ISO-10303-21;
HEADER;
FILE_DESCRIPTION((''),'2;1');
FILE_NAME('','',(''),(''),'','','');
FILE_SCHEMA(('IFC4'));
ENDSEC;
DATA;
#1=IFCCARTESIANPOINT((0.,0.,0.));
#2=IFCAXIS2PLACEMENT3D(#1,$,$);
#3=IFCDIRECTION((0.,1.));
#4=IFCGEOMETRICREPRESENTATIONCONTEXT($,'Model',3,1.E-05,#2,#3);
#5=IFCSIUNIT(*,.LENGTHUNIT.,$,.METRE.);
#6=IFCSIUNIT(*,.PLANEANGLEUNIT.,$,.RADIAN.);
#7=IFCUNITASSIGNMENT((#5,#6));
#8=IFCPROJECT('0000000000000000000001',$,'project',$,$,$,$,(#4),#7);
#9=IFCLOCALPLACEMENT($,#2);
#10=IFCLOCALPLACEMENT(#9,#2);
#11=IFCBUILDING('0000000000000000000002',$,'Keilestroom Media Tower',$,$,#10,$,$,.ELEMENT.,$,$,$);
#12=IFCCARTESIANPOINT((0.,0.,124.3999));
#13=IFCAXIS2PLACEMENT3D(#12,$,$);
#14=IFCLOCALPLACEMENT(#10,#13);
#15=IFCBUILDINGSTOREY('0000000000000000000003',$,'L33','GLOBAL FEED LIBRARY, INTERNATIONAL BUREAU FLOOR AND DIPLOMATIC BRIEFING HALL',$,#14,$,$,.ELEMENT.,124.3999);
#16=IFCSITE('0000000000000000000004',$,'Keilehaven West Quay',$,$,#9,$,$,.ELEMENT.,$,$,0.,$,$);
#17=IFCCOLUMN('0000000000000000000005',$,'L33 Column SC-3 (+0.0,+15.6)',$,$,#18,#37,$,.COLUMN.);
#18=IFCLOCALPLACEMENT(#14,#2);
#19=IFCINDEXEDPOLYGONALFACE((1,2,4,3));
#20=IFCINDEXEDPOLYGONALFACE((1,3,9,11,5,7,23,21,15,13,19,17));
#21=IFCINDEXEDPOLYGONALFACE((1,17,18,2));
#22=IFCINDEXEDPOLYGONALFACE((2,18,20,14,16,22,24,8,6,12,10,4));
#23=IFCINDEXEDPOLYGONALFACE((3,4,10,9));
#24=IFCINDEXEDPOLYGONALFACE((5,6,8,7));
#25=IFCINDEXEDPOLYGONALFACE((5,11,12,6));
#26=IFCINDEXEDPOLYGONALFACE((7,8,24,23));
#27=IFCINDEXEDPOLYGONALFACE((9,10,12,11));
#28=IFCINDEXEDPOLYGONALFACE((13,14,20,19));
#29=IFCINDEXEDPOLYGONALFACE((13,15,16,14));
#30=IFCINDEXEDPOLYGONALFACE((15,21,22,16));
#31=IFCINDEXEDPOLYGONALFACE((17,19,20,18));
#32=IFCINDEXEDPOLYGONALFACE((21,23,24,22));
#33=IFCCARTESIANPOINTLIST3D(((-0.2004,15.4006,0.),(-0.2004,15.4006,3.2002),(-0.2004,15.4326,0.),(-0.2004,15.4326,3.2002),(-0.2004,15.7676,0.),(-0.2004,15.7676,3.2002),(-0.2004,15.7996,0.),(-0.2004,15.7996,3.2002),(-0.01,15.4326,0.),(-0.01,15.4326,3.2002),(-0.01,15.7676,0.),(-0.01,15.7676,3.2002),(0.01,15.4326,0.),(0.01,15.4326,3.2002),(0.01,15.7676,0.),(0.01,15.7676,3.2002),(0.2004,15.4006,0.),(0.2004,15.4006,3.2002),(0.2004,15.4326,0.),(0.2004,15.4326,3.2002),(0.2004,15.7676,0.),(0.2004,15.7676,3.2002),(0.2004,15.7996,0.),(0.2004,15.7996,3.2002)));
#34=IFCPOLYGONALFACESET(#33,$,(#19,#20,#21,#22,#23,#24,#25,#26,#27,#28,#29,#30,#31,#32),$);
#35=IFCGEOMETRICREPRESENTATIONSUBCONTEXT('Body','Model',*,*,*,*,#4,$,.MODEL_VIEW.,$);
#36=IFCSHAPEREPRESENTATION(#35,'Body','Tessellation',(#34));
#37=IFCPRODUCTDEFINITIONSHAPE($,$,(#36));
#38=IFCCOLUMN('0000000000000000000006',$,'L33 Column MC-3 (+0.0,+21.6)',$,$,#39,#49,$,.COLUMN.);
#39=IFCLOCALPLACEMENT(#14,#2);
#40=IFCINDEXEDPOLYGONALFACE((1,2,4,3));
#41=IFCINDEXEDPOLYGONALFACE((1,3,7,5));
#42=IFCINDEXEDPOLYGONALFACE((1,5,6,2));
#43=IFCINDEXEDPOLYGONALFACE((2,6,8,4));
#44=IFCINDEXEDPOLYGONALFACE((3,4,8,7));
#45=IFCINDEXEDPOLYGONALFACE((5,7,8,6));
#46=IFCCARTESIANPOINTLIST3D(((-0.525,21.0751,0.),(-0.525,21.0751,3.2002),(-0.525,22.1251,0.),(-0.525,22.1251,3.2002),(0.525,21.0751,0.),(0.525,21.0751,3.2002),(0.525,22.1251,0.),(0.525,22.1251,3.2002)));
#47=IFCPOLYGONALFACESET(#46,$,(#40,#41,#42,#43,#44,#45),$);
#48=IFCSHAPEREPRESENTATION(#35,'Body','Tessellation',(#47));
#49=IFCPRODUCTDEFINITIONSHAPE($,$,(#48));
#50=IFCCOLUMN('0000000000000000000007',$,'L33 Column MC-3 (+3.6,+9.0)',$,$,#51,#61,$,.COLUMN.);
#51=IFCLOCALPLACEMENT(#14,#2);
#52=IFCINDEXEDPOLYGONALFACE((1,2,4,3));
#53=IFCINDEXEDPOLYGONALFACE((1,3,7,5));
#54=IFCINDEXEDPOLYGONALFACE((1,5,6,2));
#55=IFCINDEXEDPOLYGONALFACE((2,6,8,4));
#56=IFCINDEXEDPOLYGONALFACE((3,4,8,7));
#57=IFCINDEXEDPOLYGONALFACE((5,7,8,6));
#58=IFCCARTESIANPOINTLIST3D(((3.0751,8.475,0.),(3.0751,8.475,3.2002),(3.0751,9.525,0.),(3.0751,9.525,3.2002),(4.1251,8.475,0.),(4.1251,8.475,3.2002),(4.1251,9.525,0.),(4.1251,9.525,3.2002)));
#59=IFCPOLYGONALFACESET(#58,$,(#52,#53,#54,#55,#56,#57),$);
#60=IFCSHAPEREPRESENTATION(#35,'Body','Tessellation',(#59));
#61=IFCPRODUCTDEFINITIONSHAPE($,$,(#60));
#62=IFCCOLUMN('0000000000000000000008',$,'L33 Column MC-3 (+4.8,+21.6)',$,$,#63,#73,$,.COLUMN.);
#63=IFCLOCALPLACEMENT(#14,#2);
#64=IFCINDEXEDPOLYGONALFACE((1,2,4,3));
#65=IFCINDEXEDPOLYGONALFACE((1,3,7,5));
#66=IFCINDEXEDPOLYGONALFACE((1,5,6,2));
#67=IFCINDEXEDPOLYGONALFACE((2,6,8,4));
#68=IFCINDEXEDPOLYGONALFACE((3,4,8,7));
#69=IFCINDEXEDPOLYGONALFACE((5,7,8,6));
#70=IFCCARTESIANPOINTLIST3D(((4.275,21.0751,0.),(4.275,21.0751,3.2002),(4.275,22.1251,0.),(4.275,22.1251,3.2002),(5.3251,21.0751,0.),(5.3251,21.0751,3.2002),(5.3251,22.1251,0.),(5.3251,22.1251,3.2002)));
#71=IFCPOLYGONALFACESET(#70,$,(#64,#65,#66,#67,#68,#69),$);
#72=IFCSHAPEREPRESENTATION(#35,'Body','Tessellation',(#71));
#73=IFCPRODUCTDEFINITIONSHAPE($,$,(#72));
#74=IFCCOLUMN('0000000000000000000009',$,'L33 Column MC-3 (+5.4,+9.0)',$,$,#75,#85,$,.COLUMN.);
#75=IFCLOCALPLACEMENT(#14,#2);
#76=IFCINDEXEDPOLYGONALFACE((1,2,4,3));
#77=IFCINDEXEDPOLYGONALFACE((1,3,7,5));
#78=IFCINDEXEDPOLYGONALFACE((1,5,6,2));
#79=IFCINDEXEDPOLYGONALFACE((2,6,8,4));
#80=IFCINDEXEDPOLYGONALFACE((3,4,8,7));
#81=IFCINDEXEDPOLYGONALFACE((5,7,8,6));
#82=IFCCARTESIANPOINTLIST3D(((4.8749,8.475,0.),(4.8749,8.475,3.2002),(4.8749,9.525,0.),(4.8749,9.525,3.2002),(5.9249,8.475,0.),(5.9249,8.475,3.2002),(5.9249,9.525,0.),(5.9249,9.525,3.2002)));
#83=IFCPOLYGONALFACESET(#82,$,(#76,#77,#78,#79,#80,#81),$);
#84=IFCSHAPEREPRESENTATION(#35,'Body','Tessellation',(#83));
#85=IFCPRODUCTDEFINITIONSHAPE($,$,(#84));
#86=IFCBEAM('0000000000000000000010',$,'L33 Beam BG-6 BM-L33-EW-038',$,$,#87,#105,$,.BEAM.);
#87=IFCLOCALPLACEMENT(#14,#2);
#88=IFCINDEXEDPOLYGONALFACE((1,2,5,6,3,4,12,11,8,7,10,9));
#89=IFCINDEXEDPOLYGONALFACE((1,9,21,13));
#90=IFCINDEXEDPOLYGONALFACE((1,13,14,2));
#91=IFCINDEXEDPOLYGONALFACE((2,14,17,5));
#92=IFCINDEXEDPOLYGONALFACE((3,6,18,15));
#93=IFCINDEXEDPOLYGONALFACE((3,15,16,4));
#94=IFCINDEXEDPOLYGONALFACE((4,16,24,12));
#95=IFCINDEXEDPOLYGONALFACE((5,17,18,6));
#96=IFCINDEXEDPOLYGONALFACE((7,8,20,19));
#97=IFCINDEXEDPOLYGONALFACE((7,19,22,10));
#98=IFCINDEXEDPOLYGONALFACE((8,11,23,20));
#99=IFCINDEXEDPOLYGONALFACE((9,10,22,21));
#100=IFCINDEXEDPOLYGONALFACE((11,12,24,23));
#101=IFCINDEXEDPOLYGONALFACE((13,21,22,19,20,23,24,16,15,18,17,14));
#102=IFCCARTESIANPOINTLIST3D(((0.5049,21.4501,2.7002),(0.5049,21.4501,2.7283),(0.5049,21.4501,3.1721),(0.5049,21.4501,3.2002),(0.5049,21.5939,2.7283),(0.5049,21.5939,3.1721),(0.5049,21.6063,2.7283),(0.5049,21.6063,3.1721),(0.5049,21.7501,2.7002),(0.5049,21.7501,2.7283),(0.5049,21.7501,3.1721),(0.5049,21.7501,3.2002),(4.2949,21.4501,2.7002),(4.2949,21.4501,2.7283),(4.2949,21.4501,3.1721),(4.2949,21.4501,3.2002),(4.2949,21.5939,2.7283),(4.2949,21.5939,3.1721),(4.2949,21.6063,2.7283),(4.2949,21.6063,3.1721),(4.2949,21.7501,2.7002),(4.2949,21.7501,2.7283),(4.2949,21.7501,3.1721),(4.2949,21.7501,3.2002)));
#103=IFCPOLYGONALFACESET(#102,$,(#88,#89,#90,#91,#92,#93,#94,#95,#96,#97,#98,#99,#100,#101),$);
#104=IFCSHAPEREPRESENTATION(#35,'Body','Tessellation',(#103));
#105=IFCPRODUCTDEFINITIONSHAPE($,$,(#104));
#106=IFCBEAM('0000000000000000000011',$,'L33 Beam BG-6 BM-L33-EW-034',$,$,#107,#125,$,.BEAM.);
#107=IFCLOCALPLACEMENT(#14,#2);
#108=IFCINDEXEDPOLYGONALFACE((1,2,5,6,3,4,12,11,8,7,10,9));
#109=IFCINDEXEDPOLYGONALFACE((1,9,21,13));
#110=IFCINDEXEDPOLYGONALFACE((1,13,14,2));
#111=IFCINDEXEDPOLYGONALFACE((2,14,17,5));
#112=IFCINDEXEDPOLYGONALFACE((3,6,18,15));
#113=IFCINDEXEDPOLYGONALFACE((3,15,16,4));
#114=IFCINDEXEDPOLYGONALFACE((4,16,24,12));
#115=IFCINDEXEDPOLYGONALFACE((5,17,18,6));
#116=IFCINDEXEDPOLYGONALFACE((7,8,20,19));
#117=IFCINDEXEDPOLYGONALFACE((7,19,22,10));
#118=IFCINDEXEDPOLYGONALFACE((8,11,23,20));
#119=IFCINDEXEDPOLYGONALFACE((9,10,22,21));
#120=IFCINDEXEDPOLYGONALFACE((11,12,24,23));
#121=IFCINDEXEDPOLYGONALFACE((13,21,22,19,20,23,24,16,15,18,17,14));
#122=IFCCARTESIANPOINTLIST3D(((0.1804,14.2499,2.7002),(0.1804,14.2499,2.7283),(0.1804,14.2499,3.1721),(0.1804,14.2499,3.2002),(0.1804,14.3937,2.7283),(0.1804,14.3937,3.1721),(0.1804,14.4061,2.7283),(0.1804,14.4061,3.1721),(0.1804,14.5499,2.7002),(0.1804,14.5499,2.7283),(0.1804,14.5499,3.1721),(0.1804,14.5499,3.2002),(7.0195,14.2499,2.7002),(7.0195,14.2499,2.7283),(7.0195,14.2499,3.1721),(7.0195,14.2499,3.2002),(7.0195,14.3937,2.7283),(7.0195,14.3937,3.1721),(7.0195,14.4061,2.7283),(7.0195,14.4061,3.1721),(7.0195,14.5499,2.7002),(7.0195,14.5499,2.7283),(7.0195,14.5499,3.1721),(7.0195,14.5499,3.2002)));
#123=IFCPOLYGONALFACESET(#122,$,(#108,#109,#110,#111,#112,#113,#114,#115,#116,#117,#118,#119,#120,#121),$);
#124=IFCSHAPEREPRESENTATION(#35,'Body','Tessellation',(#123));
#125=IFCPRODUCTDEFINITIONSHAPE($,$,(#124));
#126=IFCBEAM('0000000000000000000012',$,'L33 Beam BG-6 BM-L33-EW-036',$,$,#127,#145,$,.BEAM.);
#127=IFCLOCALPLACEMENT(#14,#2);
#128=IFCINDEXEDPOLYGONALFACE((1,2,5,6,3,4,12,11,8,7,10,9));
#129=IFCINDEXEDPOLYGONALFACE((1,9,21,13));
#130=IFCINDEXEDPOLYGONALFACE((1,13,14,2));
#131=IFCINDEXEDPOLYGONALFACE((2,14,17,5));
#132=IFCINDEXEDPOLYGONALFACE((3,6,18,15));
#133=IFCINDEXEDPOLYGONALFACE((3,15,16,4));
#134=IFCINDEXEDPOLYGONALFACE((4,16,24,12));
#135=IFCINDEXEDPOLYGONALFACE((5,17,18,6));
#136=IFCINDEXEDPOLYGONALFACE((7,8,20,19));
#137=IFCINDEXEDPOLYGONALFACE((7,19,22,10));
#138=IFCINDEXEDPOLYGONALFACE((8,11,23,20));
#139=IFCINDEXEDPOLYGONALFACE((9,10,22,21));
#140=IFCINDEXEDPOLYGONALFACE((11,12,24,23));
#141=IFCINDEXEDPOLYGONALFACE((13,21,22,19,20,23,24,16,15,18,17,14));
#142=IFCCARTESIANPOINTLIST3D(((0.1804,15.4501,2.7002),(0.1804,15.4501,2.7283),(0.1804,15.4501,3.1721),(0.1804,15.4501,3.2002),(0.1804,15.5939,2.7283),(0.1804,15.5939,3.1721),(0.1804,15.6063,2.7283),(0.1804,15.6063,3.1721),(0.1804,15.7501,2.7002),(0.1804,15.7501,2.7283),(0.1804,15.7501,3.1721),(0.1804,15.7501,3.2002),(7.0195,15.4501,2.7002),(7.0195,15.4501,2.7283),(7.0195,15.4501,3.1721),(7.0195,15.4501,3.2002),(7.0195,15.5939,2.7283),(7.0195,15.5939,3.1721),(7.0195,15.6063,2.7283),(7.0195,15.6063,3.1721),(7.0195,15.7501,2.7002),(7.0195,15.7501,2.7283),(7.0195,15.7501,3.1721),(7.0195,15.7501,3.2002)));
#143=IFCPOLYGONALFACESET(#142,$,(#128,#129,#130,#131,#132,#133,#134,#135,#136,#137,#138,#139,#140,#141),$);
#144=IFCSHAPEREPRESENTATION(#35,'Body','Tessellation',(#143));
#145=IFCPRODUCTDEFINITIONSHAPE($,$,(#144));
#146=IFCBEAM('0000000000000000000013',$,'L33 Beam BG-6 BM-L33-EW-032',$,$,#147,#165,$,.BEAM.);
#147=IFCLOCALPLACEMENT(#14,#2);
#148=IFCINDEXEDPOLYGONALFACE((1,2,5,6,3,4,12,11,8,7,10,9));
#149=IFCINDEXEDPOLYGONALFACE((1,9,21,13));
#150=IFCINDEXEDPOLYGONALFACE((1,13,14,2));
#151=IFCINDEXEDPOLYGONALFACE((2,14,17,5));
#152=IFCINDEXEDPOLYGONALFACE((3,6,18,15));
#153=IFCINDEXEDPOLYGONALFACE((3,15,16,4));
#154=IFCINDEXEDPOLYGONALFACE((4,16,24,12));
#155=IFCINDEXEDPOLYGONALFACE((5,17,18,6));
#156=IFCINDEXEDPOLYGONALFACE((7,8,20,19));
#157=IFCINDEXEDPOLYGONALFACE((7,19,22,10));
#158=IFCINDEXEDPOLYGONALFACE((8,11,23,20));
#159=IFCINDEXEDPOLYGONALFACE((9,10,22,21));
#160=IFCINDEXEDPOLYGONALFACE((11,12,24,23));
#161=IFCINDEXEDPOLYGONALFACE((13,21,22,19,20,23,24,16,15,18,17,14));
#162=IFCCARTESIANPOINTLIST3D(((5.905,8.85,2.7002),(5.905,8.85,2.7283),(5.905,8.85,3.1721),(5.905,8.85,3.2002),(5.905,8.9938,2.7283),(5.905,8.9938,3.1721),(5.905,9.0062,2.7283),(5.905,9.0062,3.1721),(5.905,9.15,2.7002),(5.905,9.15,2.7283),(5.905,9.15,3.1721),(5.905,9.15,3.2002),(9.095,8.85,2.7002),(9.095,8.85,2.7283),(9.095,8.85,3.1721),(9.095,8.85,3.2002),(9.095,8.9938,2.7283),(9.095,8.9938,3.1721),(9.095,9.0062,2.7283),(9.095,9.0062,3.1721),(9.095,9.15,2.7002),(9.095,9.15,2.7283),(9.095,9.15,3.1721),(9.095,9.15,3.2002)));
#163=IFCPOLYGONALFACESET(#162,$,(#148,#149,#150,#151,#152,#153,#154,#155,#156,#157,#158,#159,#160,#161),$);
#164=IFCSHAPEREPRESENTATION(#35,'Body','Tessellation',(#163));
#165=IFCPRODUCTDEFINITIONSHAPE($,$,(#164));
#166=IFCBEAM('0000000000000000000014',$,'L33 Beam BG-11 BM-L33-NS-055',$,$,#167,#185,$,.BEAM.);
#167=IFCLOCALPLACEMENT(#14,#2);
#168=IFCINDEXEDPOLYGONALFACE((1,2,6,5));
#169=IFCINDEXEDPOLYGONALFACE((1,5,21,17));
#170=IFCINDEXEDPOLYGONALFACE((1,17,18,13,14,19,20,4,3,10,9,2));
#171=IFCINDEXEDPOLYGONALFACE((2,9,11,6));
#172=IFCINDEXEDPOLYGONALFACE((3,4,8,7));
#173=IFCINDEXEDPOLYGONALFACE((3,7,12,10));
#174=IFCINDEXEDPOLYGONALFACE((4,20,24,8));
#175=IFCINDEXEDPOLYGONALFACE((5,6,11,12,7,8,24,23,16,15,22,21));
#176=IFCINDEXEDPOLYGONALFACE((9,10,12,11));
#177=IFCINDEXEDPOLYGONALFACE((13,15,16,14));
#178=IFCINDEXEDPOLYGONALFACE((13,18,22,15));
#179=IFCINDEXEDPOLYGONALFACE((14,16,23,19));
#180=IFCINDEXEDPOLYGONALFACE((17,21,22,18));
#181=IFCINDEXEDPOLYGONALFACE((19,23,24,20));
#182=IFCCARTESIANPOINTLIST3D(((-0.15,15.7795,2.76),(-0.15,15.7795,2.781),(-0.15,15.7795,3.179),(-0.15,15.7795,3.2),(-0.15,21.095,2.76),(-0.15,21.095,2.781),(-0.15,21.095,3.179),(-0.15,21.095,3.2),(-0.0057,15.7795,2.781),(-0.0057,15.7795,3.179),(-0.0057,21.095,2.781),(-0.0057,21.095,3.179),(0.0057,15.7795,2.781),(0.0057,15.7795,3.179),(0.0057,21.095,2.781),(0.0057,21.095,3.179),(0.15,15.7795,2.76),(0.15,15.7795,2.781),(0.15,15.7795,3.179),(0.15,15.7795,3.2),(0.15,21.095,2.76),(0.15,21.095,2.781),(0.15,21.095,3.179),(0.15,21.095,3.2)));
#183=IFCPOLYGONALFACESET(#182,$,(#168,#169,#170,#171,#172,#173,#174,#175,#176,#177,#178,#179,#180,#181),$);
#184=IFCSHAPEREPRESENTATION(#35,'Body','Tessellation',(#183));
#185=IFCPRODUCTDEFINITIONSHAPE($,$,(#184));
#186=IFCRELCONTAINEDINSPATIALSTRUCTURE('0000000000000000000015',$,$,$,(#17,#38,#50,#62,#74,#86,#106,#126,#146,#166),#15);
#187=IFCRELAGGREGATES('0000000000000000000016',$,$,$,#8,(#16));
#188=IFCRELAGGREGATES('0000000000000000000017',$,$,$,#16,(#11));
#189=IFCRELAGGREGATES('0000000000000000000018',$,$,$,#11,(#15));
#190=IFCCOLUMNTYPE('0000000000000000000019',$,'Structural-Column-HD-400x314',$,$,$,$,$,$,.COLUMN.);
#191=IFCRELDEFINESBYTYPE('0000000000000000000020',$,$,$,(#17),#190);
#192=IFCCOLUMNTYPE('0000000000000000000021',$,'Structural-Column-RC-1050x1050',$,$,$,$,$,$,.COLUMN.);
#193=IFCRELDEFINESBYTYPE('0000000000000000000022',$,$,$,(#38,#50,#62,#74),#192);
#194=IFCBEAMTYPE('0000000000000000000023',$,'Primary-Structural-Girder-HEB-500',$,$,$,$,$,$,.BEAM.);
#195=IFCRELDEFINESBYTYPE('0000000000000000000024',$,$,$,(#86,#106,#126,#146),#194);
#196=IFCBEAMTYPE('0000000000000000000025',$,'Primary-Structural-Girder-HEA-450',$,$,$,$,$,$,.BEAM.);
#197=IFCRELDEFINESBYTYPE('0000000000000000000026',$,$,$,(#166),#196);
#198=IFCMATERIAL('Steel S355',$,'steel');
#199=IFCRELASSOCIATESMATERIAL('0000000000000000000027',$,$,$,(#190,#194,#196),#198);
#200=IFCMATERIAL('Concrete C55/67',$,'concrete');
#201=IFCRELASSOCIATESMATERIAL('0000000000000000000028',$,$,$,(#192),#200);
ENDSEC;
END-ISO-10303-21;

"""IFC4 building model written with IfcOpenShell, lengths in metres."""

from ifc_helpers import new_model, si_unit, direction, frame, origin, origin_2d, place, context, subcontext, project, spatial, rectangle, i_section, extrude, source, transform, mapped, material, material_profile, profile_set, type_object, element, save


model = new_model("IFC4")

# Units and contexts
model_context = context("Model", 3, precision=1e-05, world=origin(), true_north=direction((0.0, 1.0)))
body_context = subcontext(model_context, "Body", "Model", "MODEL_VIEW")
ifc_project = project(units=[si_unit("LENGTHUNIT", "METRE"), si_unit("PLANEANGLEUNIT", "RADIAN")], contexts=[model_context])

# Site, building, storey
site_placement = place(None, origin())
site = spatial("IfcSite", under=ifc_project, at=site_placement, Name="Keilehaven West Quay", CompositionType="ELEMENT", RefElevation=0.0)
building_placement = place(site_placement, origin())
building = spatial("IfcBuilding", under=site, at=building_placement, Name="Keilestroom Media Tower", CompositionType="ELEMENT")
storey_placement = place(building_placement, frame((0.0, 0.0, 124.3999)))
storey = spatial("IfcBuildingStorey", under=building, at=storey_placement, Name="L33", Description="GLOBAL FEED LIBRARY, INTERNATIONAL BUREAU FLOOR AND DIPLOMATIC BRIEFING HALL", CompositionType="ELEMENT", Elevation=124.3999)

# Columns
ifc_material_1 = material(Name="Steel S355", Category="steel")
ifc_material_profile_1 = material_profile(ifc_material_1, i_section(OverallWidth=0.4009, OverallDepth=0.3989, WebThickness=0.02, FlangeThickness=0.032, at=origin_2d()), Name="HD 400x314")
ifc_profile_set_1 = profile_set([ifc_material_profile_1], Name="Steel S355")
column_type_1 = type_object("IfcColumnType", Name="Structural-Column-HD-400x314", PredefinedType="COLUMN", material=ifc_profile_set_1)
shared_shape_1 = source(origin(), body_context, "Body", "SweptSolid", [
    extrude(i_section(OverallWidth=0.4009, OverallDepth=0.3989, WebThickness=0.02, FlangeThickness=0.032, at=origin_2d()), origin(), (0.0, 0.0, 1.0), 3.2002),
])
column_placement = place(storey_placement, frame((0.0, 15.6001, 0.0), z_axis=(0.0, 0.0, 1.0), x_axis=(1.0, 0.0, 0.0)))
element("IfcColumn", 1, at=column_placement, inside=storey, type_object=column_type_1, Name="L33 Column SC-3 (+0.0,+15.6)", PredefinedType="COLUMN", context=body_context, shape_type="MappedRepresentation", body=[
    mapped(shared_shape_1, transform((0.0, 0.0, 0.0), x_axis=(1.0, 0.0, 0.0), y_axis=(0.0, 1.0, 0.0), z_axis=(0.0, 0.0, 1.0), scale=1.0)),
])
ifc_material_2 = material(Name="Concrete C55/67", Category="concrete")
ifc_material_profile_2 = material_profile(ifc_material_2, rectangle(XDim=1.05, YDim=1.05, at=origin_2d()), Name="RC 1050x1050")
ifc_profile_set_2 = profile_set([ifc_material_profile_2], Name="Concrete C55/67")
column_type_2 = type_object("IfcColumnType", Name="Structural-Column-RC-1050x1050", PredefinedType="COLUMN", material=ifc_profile_set_2)
shared_shape_2 = source(origin(), body_context, "Body", "SweptSolid", [
    extrude(rectangle(XDim=1.05, YDim=1.05, at=origin_2d()), origin(), (0.0, 0.0, 1.0), 3.2002),
])
for number, where, z_axis, x_axis, name in (
    (2, (0.0, 21.6001, 0.0), (0.0, 0.0, 1.0), (1.0, 0.0, 0.0), "L33 Column MC-3 (+0.0,+21.6)"),
    (3, (3.6001, 9.0, 0.0), (0.0, 0.0, 1.0), (1.0, 0.0, 0.0), "L33 Column MC-3 (+3.6,+9.0)"),
    (4, (4.8, 21.6001, 0.0), (0.0, 0.0, 1.0), (1.0, 0.0, 0.0), "L33 Column MC-3 (+4.8,+21.6)"),
    (5, (5.3999, 9.0, 0.0), (0.0, 0.0, 1.0), (1.0, 0.0, 0.0), "L33 Column MC-3 (+5.4,+9.0)"),
):
    element("IfcColumn", number, at=place(storey_placement, frame(where, z_axis=z_axis, x_axis=x_axis)), inside=storey, type_object=column_type_2, Name=name, PredefinedType="COLUMN", context=body_context, shape_type="MappedRepresentation", body=[
        mapped(shared_shape_2, transform((0.0, 0.0, 0.0), x_axis=(1.0, 0.0, 0.0), y_axis=(0.0, 1.0, 0.0), z_axis=(0.0, 0.0, 1.0), scale=1.0)),
    ])

# Beams
ifc_material_profile_3 = material_profile(ifc_material_1, i_section(OverallWidth=0.3, OverallDepth=0.5, WebThickness=0.0125, FlangeThickness=0.0281, at=origin_2d()), Name="HEB 500")
ifc_profile_set_3 = profile_set([ifc_material_profile_3], Name="Steel S355")
beam_type_1 = type_object("IfcBeamType", Name="Primary-Structural-Girder-HEB-500", PredefinedType="BEAM", material=ifc_profile_set_3)
shared_shape_3 = source(origin(), body_context, "Body", "SweptSolid", [
    extrude(i_section(OverallWidth=0.3, OverallDepth=0.5, WebThickness=0.0125, FlangeThickness=0.0281, at=origin_2d()), origin(), (0.0, 0.0, 1.0), 3.79),
])
beam_1_placement = place(storey_placement, frame((0.5049, 21.6001, 2.9502), z_axis=(1.0, 0.0, 0.0), x_axis=(0.0, 1.0, 0.0)))
element("IfcBeam", 6, at=beam_1_placement, inside=storey, type_object=beam_type_1, Name="L33 Beam BG-6 BM-L33-EW-038", PredefinedType="BEAM", context=body_context, shape_type="MappedRepresentation", body=[
    mapped(shared_shape_3, transform((0.0, 0.0, 0.0), x_axis=(1.0, 0.0, 0.0), y_axis=(0.0, 1.0, 0.0), z_axis=(0.0, 0.0, 1.0), scale=1.0)),
])
shared_shape_4 = source(origin(), body_context, "Body", "SweptSolid", [
    extrude(i_section(OverallWidth=0.3, OverallDepth=0.5, WebThickness=0.0125, FlangeThickness=0.0281, at=origin_2d()), origin(), (0.0, 0.0, 1.0), 6.8391),
])
for number, where, z_axis, x_axis, name in (
    (7, (0.1804, 14.3999, 2.9502), (1.0, 0.0, 0.0), (0.0, 1.0, 0.0), "L33 Beam BG-6 BM-L33-EW-034"),
    (8, (0.1804, 15.6001, 2.9502), (1.0, 0.0, 0.0), (0.0, 1.0, 0.0), "L33 Beam BG-6 BM-L33-EW-036"),
):
    element("IfcBeam", number, at=place(storey_placement, frame(where, z_axis=z_axis, x_axis=x_axis)), inside=storey, type_object=beam_type_1, Name=name, PredefinedType="BEAM", context=body_context, shape_type="MappedRepresentation", body=[
        mapped(shared_shape_4, transform((0.0, 0.0, 0.0), x_axis=(1.0, 0.0, 0.0), y_axis=(0.0, 1.0, 0.0), z_axis=(0.0, 0.0, 1.0), scale=1.0)),
    ])
shared_shape_5 = source(origin(), body_context, "Body", "SweptSolid", [
    extrude(i_section(OverallWidth=0.3, OverallDepth=0.5, WebThickness=0.0125, FlangeThickness=0.0281, at=origin_2d()), origin(), (0.0, 0.0, 1.0), 3.1899),
])
beam_2_placement = place(storey_placement, frame((5.905, 9.0, 2.9502), z_axis=(1.0, 0.0, 0.0), x_axis=(0.0, 1.0, 0.0)))
element("IfcBeam", 9, at=beam_2_placement, inside=storey, type_object=beam_type_1, Name="L33 Beam BG-6 BM-L33-EW-032", PredefinedType="BEAM", context=body_context, shape_type="MappedRepresentation", body=[
    mapped(shared_shape_5, transform((0.0, 0.0, 0.0), x_axis=(1.0, 0.0, 0.0), y_axis=(0.0, 1.0, 0.0), z_axis=(0.0, 0.0, 1.0), scale=1.0)),
])
ifc_material_profile_4 = material_profile(ifc_material_1, i_section(OverallWidth=0.3, OverallDepth=0.4399, WebThickness=0.0115, FlangeThickness=0.021, at=origin_2d()), Name="HEA 450")
ifc_profile_set_4 = profile_set([ifc_material_profile_4], Name="Steel S355")
beam_type_2 = type_object("IfcBeamType", Name="Primary-Structural-Girder-HEA-450", PredefinedType="BEAM", material=ifc_profile_set_4)
shared_shape_6 = source(origin(), body_context, "Body", "SweptSolid", [
    extrude(i_section(OverallWidth=0.3, OverallDepth=0.4399, WebThickness=0.0115, FlangeThickness=0.021, at=origin_2d()), origin(), (0.0, 0.0, 1.0), 5.3154),
])
beam_3_placement = place(storey_placement, frame((0.0, 15.7795, 2.98), z_axis=(0.0, 1.0, 0.0), x_axis=(-1.0, 0.0, 0.0)))
element("IfcBeam", 10, at=beam_3_placement, inside=storey, type_object=beam_type_2, Name="L33 Beam BG-11 BM-L33-NS-055", PredefinedType="BEAM", context=body_context, shape_type="MappedRepresentation", body=[
    mapped(shared_shape_6, transform((0.0, 0.0, 0.0), x_axis=(1.0, 0.0, 0.0), y_axis=(0.0, 1.0, 0.0), z_axis=(0.0, 0.0, 1.0), scale=1.0)),
])

save(model, "model.ifc")
